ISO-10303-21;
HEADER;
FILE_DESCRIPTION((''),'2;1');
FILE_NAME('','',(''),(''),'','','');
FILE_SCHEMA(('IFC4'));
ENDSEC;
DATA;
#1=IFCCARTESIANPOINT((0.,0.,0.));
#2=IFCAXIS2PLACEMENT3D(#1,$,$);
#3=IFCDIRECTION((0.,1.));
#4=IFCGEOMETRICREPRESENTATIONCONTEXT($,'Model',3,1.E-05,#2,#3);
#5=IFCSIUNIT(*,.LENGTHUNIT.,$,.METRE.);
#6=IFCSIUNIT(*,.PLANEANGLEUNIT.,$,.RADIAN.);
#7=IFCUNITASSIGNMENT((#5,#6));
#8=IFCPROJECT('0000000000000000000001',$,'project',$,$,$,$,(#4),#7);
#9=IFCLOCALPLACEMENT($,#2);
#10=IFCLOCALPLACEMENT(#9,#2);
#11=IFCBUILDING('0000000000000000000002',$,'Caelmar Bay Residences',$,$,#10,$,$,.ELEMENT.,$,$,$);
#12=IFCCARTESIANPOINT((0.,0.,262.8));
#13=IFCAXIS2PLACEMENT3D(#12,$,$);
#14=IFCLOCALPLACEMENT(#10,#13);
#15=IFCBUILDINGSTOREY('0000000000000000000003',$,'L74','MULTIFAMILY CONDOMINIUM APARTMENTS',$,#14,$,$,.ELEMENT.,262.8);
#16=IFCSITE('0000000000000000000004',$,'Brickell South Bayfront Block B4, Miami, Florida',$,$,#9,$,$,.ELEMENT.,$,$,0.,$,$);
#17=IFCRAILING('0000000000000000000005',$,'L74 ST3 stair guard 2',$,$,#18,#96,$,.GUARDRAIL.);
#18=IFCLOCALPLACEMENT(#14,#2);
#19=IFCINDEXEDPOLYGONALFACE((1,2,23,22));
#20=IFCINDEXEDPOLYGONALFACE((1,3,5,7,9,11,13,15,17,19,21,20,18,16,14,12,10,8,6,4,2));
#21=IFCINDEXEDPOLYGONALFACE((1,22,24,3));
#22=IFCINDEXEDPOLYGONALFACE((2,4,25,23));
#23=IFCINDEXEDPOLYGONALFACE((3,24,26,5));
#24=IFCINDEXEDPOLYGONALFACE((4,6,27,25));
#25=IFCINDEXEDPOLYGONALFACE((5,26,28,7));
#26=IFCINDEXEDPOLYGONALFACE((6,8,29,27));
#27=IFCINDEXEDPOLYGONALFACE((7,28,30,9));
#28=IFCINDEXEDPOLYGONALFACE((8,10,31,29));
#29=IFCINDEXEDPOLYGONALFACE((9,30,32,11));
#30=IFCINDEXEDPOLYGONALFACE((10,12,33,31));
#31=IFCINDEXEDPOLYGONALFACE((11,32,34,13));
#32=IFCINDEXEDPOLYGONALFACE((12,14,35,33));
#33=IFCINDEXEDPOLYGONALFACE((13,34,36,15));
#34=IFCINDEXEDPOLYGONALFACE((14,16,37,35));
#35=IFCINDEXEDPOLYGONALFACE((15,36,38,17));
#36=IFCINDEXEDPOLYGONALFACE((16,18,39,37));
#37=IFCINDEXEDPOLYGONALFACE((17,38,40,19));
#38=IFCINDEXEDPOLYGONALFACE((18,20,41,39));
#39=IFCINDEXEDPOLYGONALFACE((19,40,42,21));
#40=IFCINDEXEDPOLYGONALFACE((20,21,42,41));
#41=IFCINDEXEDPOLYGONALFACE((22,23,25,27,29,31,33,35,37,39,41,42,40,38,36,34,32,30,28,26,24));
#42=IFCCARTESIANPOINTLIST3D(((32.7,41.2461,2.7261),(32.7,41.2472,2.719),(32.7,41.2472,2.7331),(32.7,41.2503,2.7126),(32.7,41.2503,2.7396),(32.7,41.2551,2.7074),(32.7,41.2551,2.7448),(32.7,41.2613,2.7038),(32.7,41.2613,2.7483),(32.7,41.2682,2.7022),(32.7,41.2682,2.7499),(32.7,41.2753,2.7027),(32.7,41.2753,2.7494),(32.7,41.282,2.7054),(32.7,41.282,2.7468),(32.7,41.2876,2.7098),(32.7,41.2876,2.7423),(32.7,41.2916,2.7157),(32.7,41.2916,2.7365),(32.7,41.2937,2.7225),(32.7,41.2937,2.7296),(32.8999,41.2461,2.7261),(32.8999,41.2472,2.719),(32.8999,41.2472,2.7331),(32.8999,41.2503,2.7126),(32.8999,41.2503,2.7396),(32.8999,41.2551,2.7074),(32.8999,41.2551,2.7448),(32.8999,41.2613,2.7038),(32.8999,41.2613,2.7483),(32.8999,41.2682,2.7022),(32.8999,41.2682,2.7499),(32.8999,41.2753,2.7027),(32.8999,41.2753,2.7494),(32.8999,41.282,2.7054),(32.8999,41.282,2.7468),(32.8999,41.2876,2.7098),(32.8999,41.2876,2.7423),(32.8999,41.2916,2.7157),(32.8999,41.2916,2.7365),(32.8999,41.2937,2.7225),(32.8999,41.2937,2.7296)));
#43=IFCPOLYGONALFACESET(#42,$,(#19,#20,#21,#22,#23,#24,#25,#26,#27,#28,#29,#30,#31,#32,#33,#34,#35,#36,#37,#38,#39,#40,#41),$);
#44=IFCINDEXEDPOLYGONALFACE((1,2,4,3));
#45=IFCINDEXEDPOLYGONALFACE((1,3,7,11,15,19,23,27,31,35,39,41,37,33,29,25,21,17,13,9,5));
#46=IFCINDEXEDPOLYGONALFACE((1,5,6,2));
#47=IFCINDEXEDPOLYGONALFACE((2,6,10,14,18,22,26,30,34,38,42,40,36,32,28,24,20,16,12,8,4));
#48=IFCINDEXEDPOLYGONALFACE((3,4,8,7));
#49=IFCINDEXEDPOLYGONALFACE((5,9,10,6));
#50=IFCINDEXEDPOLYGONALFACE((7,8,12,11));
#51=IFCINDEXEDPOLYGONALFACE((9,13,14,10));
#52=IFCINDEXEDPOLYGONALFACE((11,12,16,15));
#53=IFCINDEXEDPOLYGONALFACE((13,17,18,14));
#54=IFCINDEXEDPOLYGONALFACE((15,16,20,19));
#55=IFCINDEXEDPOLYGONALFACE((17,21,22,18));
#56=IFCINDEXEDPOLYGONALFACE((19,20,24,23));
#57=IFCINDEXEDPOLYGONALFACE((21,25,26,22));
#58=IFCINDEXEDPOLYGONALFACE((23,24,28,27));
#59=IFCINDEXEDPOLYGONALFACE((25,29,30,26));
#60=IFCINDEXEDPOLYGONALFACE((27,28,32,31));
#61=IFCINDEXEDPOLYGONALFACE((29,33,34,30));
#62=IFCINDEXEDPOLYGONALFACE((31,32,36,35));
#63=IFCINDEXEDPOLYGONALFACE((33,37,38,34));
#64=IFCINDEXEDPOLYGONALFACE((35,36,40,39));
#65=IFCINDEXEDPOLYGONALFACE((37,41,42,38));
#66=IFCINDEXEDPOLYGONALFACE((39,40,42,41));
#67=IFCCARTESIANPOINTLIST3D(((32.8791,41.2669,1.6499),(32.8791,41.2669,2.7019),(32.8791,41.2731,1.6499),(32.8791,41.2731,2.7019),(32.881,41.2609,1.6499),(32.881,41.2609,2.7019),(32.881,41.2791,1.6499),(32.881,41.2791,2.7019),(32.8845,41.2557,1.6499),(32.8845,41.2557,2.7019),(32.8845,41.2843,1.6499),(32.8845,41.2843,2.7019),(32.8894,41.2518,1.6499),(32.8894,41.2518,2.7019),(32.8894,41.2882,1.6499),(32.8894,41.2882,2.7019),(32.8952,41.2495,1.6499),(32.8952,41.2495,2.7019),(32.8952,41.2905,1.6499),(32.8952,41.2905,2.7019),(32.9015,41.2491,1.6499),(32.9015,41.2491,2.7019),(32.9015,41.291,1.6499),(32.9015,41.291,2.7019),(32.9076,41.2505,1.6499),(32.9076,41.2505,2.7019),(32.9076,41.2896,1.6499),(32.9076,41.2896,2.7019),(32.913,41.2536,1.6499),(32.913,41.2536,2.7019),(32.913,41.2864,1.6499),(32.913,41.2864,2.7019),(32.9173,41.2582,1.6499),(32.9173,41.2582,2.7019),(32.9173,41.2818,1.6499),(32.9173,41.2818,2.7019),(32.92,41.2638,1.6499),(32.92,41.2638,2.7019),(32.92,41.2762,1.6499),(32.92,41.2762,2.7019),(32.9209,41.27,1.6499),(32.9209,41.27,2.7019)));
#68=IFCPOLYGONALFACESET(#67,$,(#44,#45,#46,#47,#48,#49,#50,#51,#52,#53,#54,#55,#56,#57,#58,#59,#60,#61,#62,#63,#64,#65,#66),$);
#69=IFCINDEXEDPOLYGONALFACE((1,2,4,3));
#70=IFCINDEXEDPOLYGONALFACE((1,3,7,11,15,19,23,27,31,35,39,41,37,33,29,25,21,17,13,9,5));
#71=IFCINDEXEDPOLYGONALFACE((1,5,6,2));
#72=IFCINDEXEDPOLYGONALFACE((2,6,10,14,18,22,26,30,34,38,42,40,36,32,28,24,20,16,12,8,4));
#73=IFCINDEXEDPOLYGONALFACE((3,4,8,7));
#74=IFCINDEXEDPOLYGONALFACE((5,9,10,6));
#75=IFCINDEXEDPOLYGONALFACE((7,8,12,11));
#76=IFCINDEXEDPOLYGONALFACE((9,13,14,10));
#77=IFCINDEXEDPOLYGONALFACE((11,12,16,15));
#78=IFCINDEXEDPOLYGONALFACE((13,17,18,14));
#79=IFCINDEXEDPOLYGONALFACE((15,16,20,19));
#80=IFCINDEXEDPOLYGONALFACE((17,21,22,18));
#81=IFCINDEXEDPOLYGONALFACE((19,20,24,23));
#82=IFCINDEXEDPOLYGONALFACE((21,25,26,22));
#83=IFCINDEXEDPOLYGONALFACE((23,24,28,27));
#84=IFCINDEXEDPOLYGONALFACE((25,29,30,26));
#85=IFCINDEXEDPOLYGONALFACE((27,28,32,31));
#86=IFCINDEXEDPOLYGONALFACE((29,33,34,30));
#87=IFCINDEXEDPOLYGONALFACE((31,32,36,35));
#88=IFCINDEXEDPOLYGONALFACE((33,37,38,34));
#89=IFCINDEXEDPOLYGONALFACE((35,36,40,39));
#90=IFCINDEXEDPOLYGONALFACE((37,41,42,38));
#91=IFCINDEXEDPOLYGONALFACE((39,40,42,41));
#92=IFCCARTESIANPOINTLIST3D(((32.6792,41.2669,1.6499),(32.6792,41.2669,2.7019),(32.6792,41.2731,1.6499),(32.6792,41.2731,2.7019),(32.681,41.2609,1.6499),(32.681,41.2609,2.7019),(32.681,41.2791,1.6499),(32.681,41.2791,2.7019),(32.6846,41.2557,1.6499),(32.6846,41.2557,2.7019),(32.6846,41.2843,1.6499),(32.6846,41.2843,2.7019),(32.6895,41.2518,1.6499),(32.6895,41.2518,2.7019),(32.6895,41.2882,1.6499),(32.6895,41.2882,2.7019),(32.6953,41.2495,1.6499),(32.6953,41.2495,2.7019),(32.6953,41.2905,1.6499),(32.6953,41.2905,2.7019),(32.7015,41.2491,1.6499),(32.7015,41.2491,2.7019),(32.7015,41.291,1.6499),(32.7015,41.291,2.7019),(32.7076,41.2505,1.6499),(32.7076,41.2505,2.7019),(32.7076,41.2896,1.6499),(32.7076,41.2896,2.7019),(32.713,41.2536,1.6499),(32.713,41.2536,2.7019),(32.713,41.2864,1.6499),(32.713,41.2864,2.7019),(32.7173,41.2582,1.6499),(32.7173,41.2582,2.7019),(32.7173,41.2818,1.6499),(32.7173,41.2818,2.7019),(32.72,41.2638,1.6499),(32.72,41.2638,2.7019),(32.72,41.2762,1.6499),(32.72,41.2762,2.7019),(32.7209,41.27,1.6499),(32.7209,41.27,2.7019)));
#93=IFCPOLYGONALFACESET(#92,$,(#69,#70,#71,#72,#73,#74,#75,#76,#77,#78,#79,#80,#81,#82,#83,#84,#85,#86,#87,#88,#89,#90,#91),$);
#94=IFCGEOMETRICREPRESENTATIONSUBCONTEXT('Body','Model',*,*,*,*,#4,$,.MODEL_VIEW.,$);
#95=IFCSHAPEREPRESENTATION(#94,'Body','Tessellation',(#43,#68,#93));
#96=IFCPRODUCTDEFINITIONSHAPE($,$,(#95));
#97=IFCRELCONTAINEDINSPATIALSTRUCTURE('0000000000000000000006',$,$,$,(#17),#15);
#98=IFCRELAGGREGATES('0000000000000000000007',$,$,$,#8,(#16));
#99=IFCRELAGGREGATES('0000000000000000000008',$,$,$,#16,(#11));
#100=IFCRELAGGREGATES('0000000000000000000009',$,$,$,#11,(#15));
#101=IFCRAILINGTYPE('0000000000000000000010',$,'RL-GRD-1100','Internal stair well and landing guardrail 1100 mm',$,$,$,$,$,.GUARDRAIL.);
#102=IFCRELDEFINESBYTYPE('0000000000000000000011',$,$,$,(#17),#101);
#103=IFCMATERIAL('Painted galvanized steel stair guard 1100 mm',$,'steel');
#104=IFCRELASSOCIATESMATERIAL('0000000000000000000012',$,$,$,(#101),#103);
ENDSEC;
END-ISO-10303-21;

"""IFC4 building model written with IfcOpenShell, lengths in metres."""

from ifc_helpers import new_model, si_unit, direction, frame, origin, origin_2d, place, context, subcontext, project, spatial, circle, extrude, material, type_object, element, save


model = new_model("IFC4")

# Units and contexts
model_context = context("Model", 3, precision=1e-05, world=origin(), true_north=direction((0.0, 1.0)))
body_context = subcontext(model_context, "Body", "Model", "MODEL_VIEW")
ifc_project = project(units=[si_unit("LENGTHUNIT", "METRE"), si_unit("PLANEANGLEUNIT", "RADIAN")], contexts=[model_context])

# Site, building, storey
site_placement = place(None, origin())
site = spatial("IfcSite", under=ifc_project, at=site_placement, Name="Brickell South Bayfront Block B4, Miami, Florida", CompositionType="ELEMENT", RefElevation=0.0)
building_placement = place(site_placement, origin())
building = spatial("IfcBuilding", under=site, at=building_placement, Name="Caelmar Bay Residences", CompositionType="ELEMENT")
storey_placement = place(building_placement, frame((0.0, 0.0, 262.8)))
storey = spatial("IfcBuildingStorey", under=building, at=storey_placement, Name="L74", Description="MULTIFAMILY CONDOMINIUM APARTMENTS", CompositionType="ELEMENT", Elevation=262.8)

# Railing
ifc_material_1 = material(Name="Painted galvanized steel stair guard 1100 mm", Category="steel")
railing_type_1 = type_object("IfcRailingType", Name="RL-GRD-1100", Description="Internal stair well and landing guardrail 1100 mm", PredefinedType="GUARDRAIL", material=ifc_material_1)
railing_1_placement = place(storey_placement, frame((32.8999, 41.27, 1.6499)))
element("IfcRailing", 1, at=railing_1_placement, inside=storey, type_object=railing_type_1, Name="L74 ST3 stair guard 2", PredefinedType="GUARDRAIL", context=body_context, shape_type="SweptSolid", body=[
    extrude(circle(Radius=0.0239, at=origin_2d()), frame((0.0, 0.0, 1.0762), z_axis=(-1.0, 0.0, 0.0), x_axis=(0.0, -1.0, 0.0)), (0.0, 0.0, 1.0), 0.2),
    extrude(circle(Radius=0.021, at=origin_2d()), origin(), (0.0, 0.0, 1.0), 1.052),
    extrude(circle(Radius=0.021, at=origin_2d()), frame((-0.2, 0.0, 0.0)), (0.0, 0.0, 1.0), 1.052),
])

save(model, "model.ifc")
